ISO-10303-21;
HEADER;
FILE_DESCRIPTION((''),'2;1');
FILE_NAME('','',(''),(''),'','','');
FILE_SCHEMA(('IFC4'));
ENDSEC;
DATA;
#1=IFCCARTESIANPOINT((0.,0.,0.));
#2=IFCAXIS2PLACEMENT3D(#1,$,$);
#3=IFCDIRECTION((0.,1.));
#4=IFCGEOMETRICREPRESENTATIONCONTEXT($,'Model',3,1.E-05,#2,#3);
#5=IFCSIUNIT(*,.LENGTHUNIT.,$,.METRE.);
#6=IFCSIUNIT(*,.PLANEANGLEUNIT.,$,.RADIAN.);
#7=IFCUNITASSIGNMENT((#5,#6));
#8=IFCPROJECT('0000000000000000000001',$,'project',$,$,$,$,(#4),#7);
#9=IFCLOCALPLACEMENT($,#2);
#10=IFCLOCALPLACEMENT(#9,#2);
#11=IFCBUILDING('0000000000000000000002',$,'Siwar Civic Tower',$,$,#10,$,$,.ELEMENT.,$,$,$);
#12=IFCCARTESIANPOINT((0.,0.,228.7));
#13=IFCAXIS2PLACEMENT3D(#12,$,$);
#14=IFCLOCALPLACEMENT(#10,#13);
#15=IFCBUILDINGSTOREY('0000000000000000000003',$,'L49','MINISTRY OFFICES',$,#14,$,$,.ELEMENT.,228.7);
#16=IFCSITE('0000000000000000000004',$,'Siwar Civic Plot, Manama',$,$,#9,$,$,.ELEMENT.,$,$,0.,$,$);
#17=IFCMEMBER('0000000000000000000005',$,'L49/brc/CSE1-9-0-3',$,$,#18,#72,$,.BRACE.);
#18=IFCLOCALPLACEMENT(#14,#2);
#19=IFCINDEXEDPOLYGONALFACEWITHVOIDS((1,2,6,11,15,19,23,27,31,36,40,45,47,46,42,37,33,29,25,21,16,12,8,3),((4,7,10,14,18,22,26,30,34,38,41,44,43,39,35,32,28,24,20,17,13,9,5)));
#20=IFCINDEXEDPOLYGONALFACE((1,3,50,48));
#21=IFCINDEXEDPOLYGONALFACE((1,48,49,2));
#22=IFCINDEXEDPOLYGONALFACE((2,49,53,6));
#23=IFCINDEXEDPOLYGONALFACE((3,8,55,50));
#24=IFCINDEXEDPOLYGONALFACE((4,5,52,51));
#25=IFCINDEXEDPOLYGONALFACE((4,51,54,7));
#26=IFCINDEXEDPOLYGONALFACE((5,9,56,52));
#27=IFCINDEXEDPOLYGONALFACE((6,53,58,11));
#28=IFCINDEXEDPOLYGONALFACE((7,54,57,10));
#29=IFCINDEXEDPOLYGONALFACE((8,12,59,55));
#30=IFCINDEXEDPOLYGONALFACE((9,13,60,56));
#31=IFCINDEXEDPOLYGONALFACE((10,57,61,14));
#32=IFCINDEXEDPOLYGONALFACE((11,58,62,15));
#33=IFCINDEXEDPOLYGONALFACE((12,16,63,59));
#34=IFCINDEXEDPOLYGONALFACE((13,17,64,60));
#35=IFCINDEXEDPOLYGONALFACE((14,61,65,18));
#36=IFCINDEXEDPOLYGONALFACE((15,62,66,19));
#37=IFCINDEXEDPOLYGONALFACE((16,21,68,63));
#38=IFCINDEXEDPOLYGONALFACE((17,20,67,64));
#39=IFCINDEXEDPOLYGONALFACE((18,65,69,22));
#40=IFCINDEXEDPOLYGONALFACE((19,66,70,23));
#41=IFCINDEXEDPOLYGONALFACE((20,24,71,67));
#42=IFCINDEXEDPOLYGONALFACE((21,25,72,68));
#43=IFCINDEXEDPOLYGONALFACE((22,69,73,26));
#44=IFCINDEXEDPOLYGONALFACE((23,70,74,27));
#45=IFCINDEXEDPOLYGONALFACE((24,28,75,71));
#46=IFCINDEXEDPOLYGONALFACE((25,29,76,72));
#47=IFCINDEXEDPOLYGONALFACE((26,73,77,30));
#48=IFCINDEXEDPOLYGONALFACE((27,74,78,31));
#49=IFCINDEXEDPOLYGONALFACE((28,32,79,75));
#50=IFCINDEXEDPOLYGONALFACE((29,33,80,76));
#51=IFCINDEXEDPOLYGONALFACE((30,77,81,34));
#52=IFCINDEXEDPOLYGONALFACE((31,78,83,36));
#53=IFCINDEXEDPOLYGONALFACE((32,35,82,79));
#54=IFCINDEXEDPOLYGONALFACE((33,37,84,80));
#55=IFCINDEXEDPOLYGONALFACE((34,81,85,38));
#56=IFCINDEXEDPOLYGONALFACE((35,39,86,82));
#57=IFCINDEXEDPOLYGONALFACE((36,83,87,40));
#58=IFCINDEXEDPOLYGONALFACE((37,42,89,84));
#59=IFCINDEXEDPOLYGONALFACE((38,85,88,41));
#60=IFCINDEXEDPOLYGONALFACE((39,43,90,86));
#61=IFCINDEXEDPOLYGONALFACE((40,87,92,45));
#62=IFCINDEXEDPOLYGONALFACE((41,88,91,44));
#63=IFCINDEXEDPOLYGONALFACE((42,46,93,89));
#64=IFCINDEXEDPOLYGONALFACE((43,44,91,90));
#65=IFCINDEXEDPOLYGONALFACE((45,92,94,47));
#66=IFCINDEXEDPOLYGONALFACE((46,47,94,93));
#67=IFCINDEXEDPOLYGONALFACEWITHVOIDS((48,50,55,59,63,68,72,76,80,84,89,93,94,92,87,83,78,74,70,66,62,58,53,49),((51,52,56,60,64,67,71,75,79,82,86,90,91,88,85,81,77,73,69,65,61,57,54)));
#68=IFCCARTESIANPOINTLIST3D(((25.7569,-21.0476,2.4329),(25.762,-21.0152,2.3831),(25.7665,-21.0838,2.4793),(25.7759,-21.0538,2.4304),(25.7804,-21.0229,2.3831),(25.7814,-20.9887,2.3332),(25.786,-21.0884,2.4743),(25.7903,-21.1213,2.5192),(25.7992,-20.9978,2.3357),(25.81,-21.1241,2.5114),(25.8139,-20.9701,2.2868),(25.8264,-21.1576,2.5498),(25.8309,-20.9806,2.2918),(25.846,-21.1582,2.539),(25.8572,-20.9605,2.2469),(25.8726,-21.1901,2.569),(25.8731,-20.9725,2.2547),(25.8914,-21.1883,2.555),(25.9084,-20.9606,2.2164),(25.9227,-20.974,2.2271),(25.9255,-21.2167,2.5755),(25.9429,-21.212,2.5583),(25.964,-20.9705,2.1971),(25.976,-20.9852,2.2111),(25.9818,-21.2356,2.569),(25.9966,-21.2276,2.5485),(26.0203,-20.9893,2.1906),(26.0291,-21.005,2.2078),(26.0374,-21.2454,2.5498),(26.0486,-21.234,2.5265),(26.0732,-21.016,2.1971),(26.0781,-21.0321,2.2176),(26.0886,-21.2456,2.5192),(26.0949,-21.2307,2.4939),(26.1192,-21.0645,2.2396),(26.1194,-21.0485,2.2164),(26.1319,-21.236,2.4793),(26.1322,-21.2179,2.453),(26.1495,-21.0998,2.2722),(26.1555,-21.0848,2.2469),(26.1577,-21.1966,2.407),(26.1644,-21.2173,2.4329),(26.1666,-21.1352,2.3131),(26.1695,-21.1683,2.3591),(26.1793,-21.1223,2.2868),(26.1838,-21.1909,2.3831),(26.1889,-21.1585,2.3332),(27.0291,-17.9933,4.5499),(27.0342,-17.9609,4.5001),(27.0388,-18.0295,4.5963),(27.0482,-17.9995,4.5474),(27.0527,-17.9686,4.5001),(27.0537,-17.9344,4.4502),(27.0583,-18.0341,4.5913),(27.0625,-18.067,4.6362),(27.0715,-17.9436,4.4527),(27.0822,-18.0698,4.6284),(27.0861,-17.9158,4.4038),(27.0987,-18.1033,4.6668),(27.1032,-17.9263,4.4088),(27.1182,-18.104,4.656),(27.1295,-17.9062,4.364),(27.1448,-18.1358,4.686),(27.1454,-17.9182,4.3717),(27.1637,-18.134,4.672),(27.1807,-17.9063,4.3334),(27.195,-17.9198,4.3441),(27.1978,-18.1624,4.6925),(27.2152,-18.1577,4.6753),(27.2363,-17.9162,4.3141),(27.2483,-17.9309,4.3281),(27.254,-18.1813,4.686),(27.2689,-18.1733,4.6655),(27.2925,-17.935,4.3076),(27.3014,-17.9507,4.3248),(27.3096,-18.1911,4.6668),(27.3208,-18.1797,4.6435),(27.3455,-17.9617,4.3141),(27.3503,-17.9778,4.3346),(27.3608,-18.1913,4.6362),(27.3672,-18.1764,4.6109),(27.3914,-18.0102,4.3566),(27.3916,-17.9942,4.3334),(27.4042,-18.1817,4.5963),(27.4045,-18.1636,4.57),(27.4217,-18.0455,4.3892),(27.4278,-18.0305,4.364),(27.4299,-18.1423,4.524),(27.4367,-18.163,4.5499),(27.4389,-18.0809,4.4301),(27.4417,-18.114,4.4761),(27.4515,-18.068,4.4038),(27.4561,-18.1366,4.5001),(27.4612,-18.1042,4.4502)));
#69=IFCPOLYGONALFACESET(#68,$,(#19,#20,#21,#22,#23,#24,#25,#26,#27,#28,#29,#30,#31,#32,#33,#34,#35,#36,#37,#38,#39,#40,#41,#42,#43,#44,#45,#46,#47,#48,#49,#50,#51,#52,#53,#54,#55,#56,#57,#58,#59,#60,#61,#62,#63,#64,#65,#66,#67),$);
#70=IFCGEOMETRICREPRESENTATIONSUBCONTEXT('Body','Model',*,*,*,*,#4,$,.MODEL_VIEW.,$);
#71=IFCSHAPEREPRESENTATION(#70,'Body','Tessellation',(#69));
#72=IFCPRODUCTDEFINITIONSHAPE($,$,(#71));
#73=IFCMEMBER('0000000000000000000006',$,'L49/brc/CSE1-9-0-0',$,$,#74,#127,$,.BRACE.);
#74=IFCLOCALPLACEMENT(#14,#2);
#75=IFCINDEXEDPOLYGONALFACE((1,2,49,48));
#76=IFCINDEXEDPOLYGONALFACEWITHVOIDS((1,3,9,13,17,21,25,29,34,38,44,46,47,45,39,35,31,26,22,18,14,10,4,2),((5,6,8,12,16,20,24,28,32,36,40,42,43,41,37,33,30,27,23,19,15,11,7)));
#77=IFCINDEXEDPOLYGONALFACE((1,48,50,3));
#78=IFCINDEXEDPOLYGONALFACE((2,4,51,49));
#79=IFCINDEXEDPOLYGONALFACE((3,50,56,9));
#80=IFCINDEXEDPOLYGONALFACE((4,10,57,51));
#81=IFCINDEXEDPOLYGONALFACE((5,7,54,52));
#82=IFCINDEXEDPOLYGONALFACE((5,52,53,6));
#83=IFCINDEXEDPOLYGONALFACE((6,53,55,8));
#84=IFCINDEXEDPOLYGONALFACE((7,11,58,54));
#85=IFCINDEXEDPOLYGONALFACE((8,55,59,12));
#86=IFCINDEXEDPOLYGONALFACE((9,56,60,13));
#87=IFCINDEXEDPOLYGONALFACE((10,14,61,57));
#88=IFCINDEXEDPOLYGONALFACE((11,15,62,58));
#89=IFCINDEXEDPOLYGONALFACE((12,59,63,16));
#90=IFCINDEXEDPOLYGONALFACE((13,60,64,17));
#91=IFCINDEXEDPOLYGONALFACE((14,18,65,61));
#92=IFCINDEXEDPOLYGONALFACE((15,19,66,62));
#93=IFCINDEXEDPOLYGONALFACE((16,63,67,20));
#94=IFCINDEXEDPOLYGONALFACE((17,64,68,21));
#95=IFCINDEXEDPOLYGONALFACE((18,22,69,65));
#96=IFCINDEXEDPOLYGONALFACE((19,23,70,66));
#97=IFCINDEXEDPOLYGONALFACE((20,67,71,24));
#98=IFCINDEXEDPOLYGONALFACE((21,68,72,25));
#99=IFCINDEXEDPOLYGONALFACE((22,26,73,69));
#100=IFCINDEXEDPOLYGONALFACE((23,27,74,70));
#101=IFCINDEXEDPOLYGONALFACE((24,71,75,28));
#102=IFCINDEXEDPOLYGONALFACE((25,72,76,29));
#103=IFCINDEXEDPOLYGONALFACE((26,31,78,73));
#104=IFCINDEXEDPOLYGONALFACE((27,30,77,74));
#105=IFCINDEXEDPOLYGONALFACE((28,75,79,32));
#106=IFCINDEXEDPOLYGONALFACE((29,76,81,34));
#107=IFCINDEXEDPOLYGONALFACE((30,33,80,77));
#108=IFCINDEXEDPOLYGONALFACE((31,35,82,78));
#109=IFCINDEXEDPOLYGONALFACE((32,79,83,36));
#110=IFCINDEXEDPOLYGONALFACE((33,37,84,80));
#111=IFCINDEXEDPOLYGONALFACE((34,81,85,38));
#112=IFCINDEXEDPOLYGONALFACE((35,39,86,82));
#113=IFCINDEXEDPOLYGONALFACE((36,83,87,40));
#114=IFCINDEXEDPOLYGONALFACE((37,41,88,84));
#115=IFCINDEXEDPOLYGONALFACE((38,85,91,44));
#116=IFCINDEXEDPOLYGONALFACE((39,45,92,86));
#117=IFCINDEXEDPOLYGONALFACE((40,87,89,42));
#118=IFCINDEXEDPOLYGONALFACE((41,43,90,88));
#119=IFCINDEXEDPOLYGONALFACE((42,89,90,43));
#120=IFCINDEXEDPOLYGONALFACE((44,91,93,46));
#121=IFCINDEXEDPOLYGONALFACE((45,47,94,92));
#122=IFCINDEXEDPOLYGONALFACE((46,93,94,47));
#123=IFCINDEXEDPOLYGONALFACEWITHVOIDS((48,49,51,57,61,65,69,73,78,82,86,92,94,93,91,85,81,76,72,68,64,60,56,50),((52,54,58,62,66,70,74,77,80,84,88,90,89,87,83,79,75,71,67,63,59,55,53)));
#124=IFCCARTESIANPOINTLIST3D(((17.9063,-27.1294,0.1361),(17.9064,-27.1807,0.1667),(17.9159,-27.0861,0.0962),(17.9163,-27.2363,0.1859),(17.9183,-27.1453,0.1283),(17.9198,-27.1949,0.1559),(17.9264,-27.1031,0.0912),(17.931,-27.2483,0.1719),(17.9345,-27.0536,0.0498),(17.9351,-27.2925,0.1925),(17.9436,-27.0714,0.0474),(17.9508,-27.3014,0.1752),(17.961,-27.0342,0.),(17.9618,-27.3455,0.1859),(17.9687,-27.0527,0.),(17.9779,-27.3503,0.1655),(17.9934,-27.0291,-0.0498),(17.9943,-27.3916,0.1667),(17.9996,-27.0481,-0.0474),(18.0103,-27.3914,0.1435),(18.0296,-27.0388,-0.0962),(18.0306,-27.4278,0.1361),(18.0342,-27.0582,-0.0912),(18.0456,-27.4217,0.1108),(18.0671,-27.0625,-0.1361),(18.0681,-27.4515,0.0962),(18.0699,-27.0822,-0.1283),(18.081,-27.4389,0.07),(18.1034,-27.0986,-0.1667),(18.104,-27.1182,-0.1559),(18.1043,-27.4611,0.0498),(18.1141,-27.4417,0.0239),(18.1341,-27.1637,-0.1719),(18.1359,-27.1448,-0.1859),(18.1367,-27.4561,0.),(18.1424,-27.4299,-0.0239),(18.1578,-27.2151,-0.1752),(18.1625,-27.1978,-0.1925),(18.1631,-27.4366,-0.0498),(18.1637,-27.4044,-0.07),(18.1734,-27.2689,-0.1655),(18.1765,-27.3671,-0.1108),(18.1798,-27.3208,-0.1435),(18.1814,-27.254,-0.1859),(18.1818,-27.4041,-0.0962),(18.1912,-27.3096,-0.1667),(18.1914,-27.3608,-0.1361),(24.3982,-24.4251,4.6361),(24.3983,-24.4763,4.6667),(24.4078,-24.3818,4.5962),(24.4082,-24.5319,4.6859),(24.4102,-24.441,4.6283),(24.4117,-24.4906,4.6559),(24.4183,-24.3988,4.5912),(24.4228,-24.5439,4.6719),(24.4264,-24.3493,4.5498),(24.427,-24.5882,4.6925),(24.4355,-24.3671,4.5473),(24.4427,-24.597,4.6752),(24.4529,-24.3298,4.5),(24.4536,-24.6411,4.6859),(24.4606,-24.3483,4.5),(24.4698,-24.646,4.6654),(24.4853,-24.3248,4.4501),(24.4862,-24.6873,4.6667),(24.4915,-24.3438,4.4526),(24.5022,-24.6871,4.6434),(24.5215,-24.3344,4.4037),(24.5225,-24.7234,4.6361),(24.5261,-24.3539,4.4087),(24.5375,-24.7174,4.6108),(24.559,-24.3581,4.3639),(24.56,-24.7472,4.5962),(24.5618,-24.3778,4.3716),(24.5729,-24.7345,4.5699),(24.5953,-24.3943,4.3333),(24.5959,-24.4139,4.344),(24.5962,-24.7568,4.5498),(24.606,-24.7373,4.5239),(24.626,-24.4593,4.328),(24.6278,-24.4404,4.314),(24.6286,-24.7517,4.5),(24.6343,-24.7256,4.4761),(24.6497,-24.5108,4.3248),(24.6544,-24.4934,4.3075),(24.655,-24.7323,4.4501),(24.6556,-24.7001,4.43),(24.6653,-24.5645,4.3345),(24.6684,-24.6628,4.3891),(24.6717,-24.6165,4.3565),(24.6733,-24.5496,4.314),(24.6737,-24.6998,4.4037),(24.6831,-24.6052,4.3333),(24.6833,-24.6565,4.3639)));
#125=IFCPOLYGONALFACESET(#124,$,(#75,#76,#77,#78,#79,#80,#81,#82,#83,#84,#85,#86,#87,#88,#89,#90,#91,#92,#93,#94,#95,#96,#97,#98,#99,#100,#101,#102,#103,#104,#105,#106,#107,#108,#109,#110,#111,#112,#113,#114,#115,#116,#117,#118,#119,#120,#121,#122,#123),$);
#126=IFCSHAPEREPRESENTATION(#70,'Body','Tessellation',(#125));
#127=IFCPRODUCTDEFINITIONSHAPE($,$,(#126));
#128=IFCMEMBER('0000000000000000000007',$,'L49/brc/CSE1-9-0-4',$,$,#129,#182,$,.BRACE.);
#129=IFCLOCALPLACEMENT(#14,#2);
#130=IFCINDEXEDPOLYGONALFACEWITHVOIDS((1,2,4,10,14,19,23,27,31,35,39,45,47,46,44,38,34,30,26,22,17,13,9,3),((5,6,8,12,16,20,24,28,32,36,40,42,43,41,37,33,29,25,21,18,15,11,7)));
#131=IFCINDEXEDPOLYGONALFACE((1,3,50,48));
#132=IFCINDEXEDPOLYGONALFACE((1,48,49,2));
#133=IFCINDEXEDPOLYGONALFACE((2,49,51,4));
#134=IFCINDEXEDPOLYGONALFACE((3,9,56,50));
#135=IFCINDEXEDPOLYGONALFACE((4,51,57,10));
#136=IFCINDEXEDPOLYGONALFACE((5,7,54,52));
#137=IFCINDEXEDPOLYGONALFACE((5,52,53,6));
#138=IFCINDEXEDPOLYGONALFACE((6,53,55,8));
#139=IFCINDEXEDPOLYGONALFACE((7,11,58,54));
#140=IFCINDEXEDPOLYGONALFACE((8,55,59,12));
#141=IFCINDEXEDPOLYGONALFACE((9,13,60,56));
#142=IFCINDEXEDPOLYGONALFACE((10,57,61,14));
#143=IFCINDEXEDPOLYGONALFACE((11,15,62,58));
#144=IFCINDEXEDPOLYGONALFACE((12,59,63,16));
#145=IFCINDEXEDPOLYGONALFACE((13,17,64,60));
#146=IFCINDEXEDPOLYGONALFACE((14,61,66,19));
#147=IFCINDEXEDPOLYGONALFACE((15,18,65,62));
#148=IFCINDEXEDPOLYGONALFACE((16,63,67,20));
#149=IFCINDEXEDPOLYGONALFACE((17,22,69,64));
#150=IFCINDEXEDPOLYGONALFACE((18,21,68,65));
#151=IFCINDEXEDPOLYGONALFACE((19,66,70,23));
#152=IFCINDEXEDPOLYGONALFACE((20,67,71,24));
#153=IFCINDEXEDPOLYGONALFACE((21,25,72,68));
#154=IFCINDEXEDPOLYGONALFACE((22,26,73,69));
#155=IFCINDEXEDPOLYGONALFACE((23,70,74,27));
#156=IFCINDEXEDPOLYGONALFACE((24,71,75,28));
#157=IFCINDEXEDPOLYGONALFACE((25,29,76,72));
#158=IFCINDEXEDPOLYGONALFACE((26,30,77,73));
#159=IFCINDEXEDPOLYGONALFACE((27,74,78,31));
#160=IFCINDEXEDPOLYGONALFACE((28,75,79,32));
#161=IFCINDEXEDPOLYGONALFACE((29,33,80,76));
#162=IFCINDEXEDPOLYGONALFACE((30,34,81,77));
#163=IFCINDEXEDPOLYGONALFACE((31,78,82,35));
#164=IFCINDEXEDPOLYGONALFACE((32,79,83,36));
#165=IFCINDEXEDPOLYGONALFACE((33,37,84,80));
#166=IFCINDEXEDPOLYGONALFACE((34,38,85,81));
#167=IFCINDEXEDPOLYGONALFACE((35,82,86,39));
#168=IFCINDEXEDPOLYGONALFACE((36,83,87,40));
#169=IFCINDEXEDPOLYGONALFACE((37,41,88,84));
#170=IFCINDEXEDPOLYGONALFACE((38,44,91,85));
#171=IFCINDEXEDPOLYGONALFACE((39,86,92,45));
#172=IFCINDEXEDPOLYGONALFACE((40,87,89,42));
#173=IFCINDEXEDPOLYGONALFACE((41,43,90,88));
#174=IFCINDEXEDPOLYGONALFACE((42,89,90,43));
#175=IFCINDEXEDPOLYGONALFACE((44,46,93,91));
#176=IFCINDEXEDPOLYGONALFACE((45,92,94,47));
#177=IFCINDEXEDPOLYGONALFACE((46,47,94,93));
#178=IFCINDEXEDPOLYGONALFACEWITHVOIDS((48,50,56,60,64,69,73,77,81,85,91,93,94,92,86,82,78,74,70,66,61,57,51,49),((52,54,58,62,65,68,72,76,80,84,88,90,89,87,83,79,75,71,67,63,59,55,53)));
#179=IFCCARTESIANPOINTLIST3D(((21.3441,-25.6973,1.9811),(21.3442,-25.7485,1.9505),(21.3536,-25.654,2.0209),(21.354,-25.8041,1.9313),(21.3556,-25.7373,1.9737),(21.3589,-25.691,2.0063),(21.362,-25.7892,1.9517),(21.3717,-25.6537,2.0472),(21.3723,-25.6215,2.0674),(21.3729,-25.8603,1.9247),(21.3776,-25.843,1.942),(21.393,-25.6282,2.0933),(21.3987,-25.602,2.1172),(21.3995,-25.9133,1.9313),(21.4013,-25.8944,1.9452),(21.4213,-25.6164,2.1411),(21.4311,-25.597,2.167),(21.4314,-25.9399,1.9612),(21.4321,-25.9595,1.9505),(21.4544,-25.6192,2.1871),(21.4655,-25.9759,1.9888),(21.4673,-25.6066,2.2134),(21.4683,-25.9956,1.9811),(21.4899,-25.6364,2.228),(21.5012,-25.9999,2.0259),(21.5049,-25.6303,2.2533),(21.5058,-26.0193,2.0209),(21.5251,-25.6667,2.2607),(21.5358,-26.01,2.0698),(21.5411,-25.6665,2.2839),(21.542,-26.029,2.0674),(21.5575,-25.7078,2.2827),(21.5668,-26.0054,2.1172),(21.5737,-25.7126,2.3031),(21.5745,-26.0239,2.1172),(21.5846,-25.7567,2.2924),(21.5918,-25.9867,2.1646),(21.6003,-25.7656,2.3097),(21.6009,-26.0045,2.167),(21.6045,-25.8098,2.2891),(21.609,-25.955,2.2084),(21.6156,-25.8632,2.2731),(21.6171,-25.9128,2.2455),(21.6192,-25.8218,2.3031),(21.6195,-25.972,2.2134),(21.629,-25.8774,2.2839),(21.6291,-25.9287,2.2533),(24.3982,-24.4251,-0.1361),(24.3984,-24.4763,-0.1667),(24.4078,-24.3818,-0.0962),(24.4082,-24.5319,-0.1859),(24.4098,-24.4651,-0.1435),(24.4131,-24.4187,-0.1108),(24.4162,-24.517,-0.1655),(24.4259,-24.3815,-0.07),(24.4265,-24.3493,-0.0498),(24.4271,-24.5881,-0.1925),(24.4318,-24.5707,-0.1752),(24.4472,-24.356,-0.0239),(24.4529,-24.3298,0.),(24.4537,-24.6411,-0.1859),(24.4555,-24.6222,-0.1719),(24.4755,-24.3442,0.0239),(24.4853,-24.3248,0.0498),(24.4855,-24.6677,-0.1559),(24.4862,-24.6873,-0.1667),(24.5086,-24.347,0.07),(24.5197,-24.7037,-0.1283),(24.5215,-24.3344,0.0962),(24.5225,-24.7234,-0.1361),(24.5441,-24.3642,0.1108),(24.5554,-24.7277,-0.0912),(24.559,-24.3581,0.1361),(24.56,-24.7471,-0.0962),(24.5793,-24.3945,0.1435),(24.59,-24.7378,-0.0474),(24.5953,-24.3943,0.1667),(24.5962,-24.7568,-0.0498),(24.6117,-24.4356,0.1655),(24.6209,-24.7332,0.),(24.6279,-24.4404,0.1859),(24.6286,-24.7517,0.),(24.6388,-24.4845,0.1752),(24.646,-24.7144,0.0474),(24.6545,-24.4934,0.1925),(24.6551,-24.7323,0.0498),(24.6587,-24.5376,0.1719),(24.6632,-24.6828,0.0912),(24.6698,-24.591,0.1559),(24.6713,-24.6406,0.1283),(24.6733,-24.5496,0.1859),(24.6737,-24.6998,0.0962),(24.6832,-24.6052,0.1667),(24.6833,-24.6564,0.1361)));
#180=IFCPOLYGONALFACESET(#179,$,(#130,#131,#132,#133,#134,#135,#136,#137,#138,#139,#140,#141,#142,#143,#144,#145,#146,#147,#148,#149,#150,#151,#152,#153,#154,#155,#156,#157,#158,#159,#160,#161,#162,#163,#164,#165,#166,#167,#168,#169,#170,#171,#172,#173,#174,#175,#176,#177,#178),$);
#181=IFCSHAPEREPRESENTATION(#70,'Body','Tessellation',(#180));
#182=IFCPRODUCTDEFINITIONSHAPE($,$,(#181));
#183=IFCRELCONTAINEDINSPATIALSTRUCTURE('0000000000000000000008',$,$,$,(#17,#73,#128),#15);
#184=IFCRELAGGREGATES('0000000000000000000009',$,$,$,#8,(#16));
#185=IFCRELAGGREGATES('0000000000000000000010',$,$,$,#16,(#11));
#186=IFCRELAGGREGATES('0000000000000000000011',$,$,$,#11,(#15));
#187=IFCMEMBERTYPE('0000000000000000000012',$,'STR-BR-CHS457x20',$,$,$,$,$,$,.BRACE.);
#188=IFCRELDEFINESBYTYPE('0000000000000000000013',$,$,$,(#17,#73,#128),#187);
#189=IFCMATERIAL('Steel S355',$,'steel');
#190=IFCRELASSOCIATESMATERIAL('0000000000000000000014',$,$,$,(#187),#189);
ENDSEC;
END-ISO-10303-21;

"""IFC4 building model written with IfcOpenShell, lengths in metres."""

from ifc_helpers import new_model, si_unit, direction, frame, origin, origin_2d, place, context, subcontext, project, spatial, hollow_circle, extrude, material, material_profile, profile_set, type_object, element, save


model = new_model("IFC4")

# Units and contexts
model_context = context("Model", 3, precision=1e-05, world=origin(), true_north=direction((0.0, 1.0)))
body_context = subcontext(model_context, "Body", "Model", "MODEL_VIEW")
ifc_project = project(units=[si_unit("LENGTHUNIT", "METRE"), si_unit("PLANEANGLEUNIT", "RADIAN")], contexts=[model_context])

# Site, building, storey
site_placement = place(None, origin())
site = spatial("IfcSite", under=ifc_project, at=site_placement, Name="Siwar Civic Plot, Manama", CompositionType="ELEMENT", RefElevation=0.0)
building_placement = place(site_placement, origin())
building = spatial("IfcBuilding", under=site, at=building_placement, Name="Siwar Civic Tower", CompositionType="ELEMENT")
storey_placement = place(building_placement, frame((0.0, 0.0, 228.7)))
storey = spatial("IfcBuildingStorey", under=building, at=storey_placement, Name="L49", Description="MINISTRY OFFICES", CompositionType="ELEMENT", Elevation=228.7)

# Members
ifc_material_1 = material(Name="Steel S355", Category="steel")
ifc_material_profile_1 = material_profile(ifc_material_1, hollow_circle(Radius=0.2285, WallThickness=0.02, at=origin_2d()), Name="CHS457x20")
ifc_profile_set_1 = profile_set([ifc_material_profile_1], Name="Steel S355")
member_type_1 = type_object("IfcMemberType", Name="STR-BR-CHS457x20", PredefinedType="BRACE", material=ifc_profile_set_1)
for number, where, z_axis, x_axis, name in (
    (1, (25.9729, -21.103, 2.3831), (0.323895, 0.777572, 0.538955), (-0.923116, 0.384521, 0.0), "L49/brc/CSE1-9-0-3"),
):
    element("IfcMember", number, at=place(storey_placement, frame(where, z_axis=z_axis, x_axis=x_axis)), inside=storey, type_object=member_type_1, Name=name, PredefinedType="BRACE", context=body_context, shape_type="SweptSolid", body=[
        extrude(hollow_circle(Radius=0.2285, WallThickness=0.02, at=origin_2d()), origin(), (0.0, 0.0, 1.0), 3.928),
    ])
member_1_placement = place(storey_placement, frame((18.0488, -27.2451, 0.0), z_axis=(0.777555, 0.323906, 0.538975), x_axis=(-0.384539, 0.923109, 0.0)))
element("IfcMember", 2, at=member_1_placement, inside=storey, type_object=member_type_1, Name="L49/brc/CSE1-9-0-0", PredefinedType="BRACE", context=body_context, shape_type="SweptSolid", body=[
    extrude(hollow_circle(Radius=0.2285, WallThickness=0.02, at=origin_2d()), origin(), (0.0, 0.0, 1.0), 8.3491),
])
for number, where, z_axis, x_axis, name in (
    (3, (24.5408, -24.5408, 0.0), (-0.777546, -0.323884, 0.538999), (0.384521, -0.923116, 0.0), "L49/brc/CSE1-9-0-4"),
):
    element("IfcMember", number, at=place(storey_placement, frame(where, z_axis=z_axis, x_axis=x_axis)), inside=storey, type_object=member_type_1, Name=name, PredefinedType="BRACE", context=body_context, shape_type="SweptSolid", body=[
        extrude(hollow_circle(Radius=0.2285, WallThickness=0.02, at=origin_2d()), origin(), (0.0, 0.0, 1.0), 3.928),
    ])

save(model, "model.ifc")
